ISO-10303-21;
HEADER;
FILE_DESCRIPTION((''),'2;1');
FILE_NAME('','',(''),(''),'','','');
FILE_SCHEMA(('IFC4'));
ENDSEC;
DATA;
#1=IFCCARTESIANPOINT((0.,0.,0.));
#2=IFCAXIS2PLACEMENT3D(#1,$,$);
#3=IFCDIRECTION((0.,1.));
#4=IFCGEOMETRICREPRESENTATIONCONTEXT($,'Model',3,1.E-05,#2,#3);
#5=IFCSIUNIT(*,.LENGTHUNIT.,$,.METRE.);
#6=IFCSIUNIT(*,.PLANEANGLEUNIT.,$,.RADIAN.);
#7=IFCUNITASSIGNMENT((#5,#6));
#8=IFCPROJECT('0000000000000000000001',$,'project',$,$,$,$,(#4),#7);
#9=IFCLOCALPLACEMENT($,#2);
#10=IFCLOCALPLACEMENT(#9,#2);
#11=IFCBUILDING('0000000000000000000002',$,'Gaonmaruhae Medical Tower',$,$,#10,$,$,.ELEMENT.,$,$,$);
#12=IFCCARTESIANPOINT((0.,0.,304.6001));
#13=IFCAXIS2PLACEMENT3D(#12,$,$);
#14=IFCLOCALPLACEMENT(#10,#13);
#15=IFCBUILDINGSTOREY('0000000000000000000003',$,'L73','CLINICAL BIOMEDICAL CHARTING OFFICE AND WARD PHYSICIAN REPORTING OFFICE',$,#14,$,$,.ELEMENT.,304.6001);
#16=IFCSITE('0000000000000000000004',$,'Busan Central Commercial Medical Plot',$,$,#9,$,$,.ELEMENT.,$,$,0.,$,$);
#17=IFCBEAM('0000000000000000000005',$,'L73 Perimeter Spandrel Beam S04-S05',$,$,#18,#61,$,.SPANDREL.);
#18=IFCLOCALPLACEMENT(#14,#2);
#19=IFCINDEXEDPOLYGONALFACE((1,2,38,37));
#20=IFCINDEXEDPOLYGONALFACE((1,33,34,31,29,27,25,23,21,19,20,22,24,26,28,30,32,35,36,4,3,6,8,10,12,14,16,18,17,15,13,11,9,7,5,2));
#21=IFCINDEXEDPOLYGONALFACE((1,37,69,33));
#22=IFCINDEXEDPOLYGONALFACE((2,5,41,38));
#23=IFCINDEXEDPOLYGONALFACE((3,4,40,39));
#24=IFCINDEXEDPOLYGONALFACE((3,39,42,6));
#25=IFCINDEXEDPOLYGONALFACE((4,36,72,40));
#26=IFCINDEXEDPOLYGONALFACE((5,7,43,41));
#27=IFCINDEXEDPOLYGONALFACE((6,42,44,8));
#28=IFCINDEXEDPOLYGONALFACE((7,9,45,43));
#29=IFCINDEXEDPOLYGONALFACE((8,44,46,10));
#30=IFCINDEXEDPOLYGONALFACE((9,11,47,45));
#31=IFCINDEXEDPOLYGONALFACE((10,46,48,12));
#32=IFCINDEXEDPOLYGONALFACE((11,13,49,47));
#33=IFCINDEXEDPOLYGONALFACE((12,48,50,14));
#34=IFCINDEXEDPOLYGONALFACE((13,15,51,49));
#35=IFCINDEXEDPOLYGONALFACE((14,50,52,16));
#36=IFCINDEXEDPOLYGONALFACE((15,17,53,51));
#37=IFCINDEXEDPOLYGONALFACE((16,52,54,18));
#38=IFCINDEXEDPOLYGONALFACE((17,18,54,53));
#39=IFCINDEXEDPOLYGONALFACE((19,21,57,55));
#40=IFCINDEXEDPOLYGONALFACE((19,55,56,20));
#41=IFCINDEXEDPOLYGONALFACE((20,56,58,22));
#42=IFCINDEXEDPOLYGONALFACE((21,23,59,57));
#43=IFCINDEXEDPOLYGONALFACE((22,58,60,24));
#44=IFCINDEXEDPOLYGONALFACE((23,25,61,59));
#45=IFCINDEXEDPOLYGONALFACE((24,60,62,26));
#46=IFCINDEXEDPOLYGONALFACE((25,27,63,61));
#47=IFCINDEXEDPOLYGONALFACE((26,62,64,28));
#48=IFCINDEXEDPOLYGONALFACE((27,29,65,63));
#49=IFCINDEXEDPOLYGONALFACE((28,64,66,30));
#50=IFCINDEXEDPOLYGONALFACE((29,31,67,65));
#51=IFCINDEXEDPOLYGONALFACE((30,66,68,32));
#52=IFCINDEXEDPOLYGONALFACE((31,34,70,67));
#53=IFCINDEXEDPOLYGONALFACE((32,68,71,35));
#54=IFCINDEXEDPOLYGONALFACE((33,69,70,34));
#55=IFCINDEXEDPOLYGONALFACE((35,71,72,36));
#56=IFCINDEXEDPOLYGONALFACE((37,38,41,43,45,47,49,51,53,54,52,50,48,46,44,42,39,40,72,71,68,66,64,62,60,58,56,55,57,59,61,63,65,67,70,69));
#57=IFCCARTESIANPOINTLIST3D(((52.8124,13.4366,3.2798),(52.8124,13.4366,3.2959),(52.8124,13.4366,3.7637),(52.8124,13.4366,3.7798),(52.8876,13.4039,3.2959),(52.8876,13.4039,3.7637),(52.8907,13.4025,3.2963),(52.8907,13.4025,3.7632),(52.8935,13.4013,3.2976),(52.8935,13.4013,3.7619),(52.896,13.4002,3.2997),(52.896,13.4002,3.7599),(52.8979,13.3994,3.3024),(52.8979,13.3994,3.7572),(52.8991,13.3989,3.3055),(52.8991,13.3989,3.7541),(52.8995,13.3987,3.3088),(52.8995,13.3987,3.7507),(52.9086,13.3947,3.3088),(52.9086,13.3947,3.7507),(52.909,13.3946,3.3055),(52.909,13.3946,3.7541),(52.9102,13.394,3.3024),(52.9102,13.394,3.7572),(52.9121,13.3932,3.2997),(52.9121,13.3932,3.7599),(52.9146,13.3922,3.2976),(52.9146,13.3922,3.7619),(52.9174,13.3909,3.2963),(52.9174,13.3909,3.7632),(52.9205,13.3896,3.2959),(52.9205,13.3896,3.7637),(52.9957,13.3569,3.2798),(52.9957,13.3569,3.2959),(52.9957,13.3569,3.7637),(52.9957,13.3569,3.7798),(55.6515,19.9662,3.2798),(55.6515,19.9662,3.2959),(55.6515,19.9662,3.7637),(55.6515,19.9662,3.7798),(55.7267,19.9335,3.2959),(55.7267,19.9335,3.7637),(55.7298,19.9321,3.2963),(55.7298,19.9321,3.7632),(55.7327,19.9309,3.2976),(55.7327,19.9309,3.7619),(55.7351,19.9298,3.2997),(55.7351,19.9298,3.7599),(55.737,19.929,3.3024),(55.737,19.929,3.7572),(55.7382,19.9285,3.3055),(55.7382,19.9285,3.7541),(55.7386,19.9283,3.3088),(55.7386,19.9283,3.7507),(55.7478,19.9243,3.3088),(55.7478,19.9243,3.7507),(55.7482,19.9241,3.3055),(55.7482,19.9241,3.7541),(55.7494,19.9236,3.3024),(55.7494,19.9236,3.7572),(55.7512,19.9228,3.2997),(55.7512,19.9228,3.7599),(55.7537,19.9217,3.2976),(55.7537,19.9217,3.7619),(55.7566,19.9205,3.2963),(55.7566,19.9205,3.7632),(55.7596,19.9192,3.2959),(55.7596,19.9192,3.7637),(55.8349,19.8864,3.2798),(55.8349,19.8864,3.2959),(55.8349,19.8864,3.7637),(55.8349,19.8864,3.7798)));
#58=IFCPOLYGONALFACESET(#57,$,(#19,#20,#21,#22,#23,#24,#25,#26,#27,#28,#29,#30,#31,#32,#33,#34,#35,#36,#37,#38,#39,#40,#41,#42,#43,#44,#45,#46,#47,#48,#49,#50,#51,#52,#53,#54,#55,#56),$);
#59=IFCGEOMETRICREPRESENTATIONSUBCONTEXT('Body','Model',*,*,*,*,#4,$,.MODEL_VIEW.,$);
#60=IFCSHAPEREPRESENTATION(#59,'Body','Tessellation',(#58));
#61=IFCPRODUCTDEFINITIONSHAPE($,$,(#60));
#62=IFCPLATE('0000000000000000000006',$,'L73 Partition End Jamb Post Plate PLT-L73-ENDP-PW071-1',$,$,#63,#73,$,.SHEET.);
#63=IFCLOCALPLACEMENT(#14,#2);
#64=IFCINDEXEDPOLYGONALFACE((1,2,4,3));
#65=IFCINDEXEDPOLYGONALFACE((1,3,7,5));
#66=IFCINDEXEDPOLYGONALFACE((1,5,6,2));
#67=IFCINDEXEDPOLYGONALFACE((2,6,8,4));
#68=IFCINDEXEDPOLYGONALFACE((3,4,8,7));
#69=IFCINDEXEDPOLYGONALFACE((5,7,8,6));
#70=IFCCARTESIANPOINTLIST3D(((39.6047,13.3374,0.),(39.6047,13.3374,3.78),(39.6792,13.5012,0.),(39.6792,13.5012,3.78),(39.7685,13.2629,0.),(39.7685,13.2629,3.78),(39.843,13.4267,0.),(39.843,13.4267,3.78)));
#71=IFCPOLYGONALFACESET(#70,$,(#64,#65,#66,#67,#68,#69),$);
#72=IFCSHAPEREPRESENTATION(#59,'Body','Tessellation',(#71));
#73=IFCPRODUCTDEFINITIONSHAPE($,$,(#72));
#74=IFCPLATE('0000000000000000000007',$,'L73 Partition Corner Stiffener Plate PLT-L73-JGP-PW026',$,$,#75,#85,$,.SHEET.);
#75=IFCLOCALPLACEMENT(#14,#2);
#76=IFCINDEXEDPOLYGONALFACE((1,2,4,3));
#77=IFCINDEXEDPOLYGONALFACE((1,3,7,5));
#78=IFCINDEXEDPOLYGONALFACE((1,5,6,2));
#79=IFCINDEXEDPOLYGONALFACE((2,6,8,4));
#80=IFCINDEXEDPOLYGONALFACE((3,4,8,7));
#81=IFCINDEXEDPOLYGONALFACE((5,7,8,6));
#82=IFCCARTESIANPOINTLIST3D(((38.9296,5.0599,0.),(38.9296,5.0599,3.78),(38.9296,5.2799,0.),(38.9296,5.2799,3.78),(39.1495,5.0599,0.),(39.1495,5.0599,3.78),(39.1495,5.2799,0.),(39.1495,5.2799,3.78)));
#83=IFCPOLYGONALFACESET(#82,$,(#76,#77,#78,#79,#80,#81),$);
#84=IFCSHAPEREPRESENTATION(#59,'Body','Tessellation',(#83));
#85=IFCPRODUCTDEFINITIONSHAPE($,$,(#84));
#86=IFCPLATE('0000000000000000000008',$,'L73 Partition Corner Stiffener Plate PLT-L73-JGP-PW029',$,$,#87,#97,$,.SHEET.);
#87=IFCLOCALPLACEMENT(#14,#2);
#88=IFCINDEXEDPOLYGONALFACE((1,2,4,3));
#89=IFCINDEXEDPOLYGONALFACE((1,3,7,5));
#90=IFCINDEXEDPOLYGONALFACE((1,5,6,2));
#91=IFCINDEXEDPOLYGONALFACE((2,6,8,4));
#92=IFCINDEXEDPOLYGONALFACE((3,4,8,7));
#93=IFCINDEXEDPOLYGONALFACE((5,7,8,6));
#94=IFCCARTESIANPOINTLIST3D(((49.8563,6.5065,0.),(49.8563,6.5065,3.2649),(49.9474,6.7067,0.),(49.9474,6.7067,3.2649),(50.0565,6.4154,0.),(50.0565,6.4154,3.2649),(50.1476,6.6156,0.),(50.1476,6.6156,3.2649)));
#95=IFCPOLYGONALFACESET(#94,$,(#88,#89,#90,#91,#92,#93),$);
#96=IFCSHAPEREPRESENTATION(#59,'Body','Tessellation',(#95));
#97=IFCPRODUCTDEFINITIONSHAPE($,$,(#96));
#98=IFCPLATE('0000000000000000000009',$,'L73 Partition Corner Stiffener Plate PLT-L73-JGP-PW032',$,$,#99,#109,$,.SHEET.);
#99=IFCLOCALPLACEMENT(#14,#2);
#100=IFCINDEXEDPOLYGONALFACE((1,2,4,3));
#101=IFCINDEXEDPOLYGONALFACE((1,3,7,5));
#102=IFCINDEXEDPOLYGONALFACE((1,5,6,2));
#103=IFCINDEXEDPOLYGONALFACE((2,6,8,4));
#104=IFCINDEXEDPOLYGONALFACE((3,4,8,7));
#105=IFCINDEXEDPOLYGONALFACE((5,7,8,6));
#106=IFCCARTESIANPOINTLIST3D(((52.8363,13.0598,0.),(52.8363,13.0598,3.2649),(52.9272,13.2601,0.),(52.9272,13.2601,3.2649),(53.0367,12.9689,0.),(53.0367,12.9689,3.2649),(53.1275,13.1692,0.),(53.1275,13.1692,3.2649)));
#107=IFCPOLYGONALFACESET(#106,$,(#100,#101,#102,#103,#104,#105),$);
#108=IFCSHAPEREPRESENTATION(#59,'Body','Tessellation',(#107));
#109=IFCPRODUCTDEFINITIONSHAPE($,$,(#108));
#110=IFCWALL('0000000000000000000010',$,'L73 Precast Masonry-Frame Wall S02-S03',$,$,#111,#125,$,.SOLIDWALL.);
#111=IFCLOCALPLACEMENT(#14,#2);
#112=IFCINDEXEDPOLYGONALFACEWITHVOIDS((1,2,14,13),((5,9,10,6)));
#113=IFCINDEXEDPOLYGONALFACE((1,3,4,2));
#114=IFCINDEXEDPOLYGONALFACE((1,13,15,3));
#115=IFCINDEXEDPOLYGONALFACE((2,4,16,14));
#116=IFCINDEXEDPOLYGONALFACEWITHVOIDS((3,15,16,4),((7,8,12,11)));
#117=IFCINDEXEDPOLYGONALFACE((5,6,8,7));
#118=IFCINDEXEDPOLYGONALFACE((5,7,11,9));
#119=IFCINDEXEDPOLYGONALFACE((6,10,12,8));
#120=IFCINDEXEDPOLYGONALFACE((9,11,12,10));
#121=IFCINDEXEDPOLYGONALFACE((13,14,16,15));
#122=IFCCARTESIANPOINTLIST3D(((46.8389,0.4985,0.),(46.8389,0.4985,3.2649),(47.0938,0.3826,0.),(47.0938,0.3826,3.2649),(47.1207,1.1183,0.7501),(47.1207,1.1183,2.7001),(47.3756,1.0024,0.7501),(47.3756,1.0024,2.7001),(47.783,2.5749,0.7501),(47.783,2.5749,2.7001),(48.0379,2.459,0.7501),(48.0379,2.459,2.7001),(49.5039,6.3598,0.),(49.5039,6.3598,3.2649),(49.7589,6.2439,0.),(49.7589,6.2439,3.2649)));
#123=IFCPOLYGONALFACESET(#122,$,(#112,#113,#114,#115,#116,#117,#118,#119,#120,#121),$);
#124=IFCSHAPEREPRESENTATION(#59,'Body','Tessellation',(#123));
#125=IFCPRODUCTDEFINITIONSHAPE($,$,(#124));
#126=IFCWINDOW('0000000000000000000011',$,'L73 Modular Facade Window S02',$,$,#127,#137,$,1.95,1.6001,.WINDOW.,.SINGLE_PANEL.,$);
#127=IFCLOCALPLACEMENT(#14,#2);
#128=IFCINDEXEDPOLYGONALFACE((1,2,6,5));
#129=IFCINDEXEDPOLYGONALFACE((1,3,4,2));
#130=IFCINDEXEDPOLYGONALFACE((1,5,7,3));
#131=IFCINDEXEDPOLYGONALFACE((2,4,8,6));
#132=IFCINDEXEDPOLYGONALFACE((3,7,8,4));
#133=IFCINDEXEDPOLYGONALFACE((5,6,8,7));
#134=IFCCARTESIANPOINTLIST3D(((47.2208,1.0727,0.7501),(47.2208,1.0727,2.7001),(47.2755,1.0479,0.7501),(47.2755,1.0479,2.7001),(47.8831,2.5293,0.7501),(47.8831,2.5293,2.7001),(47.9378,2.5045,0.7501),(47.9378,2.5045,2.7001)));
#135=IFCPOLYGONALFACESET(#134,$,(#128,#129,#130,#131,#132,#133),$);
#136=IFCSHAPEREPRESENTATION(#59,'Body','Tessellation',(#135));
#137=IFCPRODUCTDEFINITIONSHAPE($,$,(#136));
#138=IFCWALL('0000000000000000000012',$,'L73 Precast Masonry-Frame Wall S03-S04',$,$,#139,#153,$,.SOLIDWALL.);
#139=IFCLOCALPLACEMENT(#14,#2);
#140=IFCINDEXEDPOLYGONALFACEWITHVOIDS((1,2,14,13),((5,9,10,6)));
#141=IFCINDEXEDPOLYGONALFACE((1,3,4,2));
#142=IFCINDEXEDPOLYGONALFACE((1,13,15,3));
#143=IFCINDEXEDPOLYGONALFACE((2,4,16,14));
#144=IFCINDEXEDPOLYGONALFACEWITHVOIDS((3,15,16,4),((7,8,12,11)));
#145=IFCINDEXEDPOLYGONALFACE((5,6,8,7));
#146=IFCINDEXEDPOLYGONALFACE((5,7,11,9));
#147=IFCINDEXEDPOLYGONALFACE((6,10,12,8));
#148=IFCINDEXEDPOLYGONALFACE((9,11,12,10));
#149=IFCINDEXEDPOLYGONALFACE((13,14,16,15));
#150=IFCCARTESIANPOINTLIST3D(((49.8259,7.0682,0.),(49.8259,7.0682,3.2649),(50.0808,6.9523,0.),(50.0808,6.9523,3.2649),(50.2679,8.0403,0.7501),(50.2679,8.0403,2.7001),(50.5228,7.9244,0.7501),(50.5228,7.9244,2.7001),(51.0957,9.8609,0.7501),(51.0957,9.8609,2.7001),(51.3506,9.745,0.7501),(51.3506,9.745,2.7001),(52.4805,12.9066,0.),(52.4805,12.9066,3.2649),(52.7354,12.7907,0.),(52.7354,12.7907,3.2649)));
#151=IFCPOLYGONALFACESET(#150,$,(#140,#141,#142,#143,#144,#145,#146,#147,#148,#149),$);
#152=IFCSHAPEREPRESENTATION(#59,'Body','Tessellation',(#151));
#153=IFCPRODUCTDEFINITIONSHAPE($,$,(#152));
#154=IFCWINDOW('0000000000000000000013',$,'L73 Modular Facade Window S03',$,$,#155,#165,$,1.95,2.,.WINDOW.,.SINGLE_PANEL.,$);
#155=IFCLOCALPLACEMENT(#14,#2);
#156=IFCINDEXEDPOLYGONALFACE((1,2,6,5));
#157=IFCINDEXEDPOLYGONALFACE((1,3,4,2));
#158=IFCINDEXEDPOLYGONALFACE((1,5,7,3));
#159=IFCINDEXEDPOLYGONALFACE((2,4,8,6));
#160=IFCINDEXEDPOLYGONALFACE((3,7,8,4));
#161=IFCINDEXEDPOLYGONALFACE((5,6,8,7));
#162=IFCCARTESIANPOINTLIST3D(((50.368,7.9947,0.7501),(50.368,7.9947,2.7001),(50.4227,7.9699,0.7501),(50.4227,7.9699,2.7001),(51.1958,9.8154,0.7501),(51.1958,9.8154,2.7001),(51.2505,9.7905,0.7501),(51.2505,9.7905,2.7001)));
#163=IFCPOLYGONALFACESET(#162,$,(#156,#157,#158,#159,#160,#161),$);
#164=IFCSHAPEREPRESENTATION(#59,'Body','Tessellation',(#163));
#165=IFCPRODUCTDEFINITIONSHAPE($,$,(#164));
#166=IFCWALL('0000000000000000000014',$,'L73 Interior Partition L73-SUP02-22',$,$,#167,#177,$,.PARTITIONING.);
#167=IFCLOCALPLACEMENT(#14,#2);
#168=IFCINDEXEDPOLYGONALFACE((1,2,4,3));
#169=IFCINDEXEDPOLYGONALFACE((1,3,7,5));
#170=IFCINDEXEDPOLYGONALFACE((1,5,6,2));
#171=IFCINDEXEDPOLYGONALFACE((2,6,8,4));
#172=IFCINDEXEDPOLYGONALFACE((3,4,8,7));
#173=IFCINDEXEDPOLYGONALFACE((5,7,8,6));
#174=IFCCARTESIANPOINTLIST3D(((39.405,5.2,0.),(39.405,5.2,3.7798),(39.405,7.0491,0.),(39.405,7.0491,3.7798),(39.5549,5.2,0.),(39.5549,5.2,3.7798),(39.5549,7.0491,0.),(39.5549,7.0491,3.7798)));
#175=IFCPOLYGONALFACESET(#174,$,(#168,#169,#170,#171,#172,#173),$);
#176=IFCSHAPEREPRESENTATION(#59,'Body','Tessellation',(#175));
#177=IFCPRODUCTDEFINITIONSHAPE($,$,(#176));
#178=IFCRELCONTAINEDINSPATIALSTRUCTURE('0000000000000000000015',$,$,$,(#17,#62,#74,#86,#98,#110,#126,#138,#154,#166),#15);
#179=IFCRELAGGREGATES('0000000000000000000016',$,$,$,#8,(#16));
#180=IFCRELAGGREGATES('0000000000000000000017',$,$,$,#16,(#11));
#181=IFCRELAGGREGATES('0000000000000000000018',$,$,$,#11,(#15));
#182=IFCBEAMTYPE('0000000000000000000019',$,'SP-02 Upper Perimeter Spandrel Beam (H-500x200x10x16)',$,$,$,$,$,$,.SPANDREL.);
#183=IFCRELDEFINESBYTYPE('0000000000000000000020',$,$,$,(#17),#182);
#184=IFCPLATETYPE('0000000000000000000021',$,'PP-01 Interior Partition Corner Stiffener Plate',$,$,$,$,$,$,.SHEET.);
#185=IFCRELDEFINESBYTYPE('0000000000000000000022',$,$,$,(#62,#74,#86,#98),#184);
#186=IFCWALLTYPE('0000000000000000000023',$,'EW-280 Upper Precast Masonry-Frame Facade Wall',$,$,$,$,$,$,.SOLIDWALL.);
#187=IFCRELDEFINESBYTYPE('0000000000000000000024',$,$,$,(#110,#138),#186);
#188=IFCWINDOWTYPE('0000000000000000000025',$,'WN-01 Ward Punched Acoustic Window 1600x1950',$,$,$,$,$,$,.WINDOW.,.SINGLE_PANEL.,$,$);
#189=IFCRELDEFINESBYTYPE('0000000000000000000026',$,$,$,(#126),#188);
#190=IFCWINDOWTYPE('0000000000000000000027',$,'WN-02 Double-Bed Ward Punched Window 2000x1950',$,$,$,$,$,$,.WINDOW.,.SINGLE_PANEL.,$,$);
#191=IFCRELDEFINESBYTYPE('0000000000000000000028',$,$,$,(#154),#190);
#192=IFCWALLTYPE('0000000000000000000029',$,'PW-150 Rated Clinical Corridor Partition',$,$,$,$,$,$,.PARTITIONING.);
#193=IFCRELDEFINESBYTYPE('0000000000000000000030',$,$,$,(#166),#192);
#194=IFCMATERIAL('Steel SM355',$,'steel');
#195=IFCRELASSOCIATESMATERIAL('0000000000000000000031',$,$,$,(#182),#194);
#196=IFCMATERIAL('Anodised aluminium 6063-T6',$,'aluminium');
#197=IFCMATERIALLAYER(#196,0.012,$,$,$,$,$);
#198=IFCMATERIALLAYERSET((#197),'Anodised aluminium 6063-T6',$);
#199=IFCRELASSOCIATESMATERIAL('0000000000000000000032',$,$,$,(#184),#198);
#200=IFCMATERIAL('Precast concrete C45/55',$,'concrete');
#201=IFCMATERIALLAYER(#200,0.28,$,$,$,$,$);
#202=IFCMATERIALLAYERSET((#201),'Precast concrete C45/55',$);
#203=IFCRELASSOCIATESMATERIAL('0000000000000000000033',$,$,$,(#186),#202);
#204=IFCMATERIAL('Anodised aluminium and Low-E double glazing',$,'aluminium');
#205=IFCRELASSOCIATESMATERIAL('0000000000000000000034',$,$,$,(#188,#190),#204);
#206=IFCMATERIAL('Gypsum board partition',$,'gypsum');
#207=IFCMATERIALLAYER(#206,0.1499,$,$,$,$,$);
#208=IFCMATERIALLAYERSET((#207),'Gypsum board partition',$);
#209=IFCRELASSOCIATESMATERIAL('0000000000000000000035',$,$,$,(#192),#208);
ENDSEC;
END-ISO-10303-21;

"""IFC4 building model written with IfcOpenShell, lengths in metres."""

from ifc_helpers import new_model, si_unit, direction, frame, frame_2d, origin, origin_2d, place, context, subcontext, project, spatial, rectangle, i_section, extrude, material, layer, layer_set, material_profile, profile_set, type_object, element, fill, save


model = new_model("IFC4")

# Units and contexts
model_context = context("Model", 3, precision=1e-05, world=origin(), true_north=direction((0.0, 1.0)))
body_context = subcontext(model_context, "Body", "Model", "MODEL_VIEW")
ifc_project = project(units=[si_unit("LENGTHUNIT", "METRE"), si_unit("PLANEANGLEUNIT", "RADIAN")], contexts=[model_context])

# Site, building, storey
site_placement = place(None, origin())
site = spatial("IfcSite", under=ifc_project, at=site_placement, Name="Busan Central Commercial Medical Plot", CompositionType="ELEMENT", RefElevation=0.0)
building_placement = place(site_placement, origin())
building = spatial("IfcBuilding", under=site, at=building_placement, Name="Gaonmaruhae Medical Tower", CompositionType="ELEMENT")
storey_placement = place(building_placement, frame((0.0, 0.0, 304.6001)))
storey = spatial("IfcBuildingStorey", under=building, at=storey_placement, Name="L73", Description="CLINICAL BIOMEDICAL CHARTING OFFICE AND WARD PHYSICIAN REPORTING OFFICE", CompositionType="ELEMENT", Elevation=304.6001)

# Beam
ifc_material_1 = material(Name="Steel SM355", Category="steel")
ifc_material_profile_1 = material_profile(ifc_material_1, i_section(OverallWidth=0.2, OverallDepth=0.5, WebThickness=0.01, FlangeThickness=0.0161, FilletRadius=0.0129, at=origin_2d()), Name="H-500x200x10x16")
ifc_profile_set_1 = profile_set([ifc_material_profile_1], Name="Steel SM355")
beam_type_1 = type_object("IfcBeamType", Name="SP-02 Upper Perimeter Spandrel Beam (H-500x200x10x16)", PredefinedType="SPANDREL", material=ifc_profile_set_1)
for number, where, z_axis, x_axis, name in (
    (1, (52.9041, 13.3967, 3.5298), (0.398747, 0.917061, 0.0), (-0.917061, 0.398747, 0.0), "L73 Perimeter Spandrel Beam S04-S05"),
):
    element("IfcBeam", number, at=place(storey_placement, frame(where, z_axis=z_axis, x_axis=x_axis)), inside=storey, type_object=beam_type_1, Name=name, PredefinedType="SPANDREL", context=body_context, shape_type="SweptSolid", body=[
        extrude(i_section(OverallWidth=0.2, OverallDepth=0.5, WebThickness=0.01, FlangeThickness=0.0161, FilletRadius=0.0129, at=origin_2d()), origin(), (0.0, 0.0, 1.0), 7.1201),
    ])

# Plates
ifc_material_2 = material(Name="Anodised aluminium 6063-T6", Category="aluminium")
ifc_layer_1 = layer(ifc_material_2, 0.012)
ifc_layer_set_1 = layer_set([ifc_layer_1], Name="Anodised aluminium 6063-T6")
plate_type = type_object("IfcPlateType", Name="PP-01 Interior Partition Corner Stiffener Plate", PredefinedType="SHEET", material=ifc_layer_set_1)
plate_1_placement = place(storey_placement, frame((39.7239, 13.3821, 0.0), z_axis=(0.0, 0.0, 1.0), x_axis=(-0.413835, -0.910352, 0.0)))
element("IfcPlate", 2, at=plate_1_placement, inside=storey, type_object=plate_type, Name="L73 Partition End Jamb Post Plate PLT-L73-ENDP-PW071-1", PredefinedType="SHEET", context=body_context, shape_type="SweptSolid", body=[
    extrude(rectangle(XDim=0.1799, YDim=0.1799, at=origin_2d()), origin(), (0.0, 0.0, 1.0), 3.78),
])
plate_2_placement = place(storey_placement, frame((39.0396, 5.1699, 0.0), z_axis=(0.0, 0.0, 1.0), x_axis=(1.0, 0.0, 0.0)))
element("IfcPlate", 3, at=plate_2_placement, inside=storey, type_object=plate_type, Name="L73 Partition Corner Stiffener Plate PLT-L73-JGP-PW026", PredefinedType="SHEET", context=body_context, shape_type="SweptSolid", body=[
    extrude(rectangle(XDim=0.22, YDim=0.22, at=origin_2d()), origin(), (0.0, 0.0, 1.0), 3.78),
])
for number, where, z_axis, x_axis, name in (
    (4, (50.002, 6.561, 0.0), (0.0, 0.0, 1.0), (-0.413994, -0.910279, 0.0), "L73 Partition Corner Stiffener Plate PLT-L73-JGP-PW029"),
    (5, (52.9819, 13.1145, 0.0), (0.0, 0.0, 1.0), (-0.413136, -0.910669, 0.0), "L73 Partition Corner Stiffener Plate PLT-L73-JGP-PW032"),
):
    element("IfcPlate", number, at=place(storey_placement, frame(where, z_axis=z_axis, x_axis=x_axis)), inside=storey, type_object=plate_type, Name=name, PredefinedType="SHEET", context=body_context, shape_type="SweptSolid", body=[
        extrude(rectangle(XDim=0.22, YDim=0.22, at=origin_2d()), origin(), (0.0, 0.0, 1.0), 3.2649),
    ])

# Walls, openings, windows
ifc_material_3 = material(Name="Precast concrete C45/55", Category="concrete")
ifc_layer_2 = layer(ifc_material_3, 0.28)
ifc_layer_set_2 = layer_set([ifc_layer_2], Name="Precast concrete C45/55")
wall_type_1 = type_object("IfcWallType", Name="EW-280 Upper Precast Masonry-Frame Facade Wall", PredefinedType="SOLIDWALL", material=ifc_layer_set_2)
wall_1_placement = place(storey_placement, frame((49.6313, 6.3018, 0.0), z_axis=(0.0, 0.0, 1.0), x_axis=(-0.413906, -0.91032, 0.0)))
wall_1 = element("IfcWall", 6, at=wall_1_placement, inside=storey, type_object=wall_type_1, Name="L73 Precast Masonry-Frame Wall S02-S03", PredefinedType="SOLIDWALL", context=body_context, shape_type="SweptSolid", body=[
    extrude(rectangle(XDim=6.4387, YDim=0.28, at=frame_2d((3.2192, 0.0))), origin(), (0.0, 0.0, 1.0), 3.2649),
])
opening_1_placement = place(wall_1_placement, frame((4.1577, 0.0, 0.75)))
opening_1 = element("IfcOpeningElement", 7, at=opening_1_placement, cuts=wall_1, PredefinedType="OPENING", context=body_context, shape_type="SweptSolid", body=[
    extrude(rectangle(XDim=1.6001, YDim=1.95, at=frame_2d((0.8, 0.9751))), frame((0.0, 0.1499, 0.0), z_axis=(0.0, -1.0, 0.0), x_axis=(1.0, 0.0, 0.0)), (0.0, 0.0, 1.0), 0.3),
])
ifc_material_4 = material(Name="Anodised aluminium and Low-E double glazing", Category="aluminium")
window_type_1 = type_object("IfcWindowType", Name="WN-01 Ward Punched Acoustic Window 1600x1950", PartitioningType="SINGLE_PANEL", PredefinedType="WINDOW", material=ifc_material_4)
window_1_placement = place(opening_1_placement, origin())
window_1 = element("IfcWindow", 8, at=window_1_placement, inside=storey, type_object=window_type_1, Name="L73 Modular Facade Window S02", OverallHeight=1.95, OverallWidth=1.6001, PartitioningType="SINGLE_PANEL", PredefinedType="WINDOW", context=body_context, shape_type="SweptSolid", body=[
    extrude(rectangle(XDim=1.6001, YDim=1.95, at=frame_2d((0.8, 0.9751))), frame((0.0, 0.03, 0.0), z_axis=(0.0, -1.0, 0.0), x_axis=(1.0, 0.0, 0.0)), (0.0, 0.0, 1.0), 0.0601),
])
fill(opening_1, window_1)
wall_2_placement = place(storey_placement, frame((52.6079, 12.8486, 0.0), z_axis=(0.0, 0.0, 1.0), x_axis=(-0.413898, -0.910323, 0.0)))
wall_2 = element("IfcWall", 9, at=wall_2_placement, inside=storey, type_object=wall_type_1, Name="L73 Precast Masonry-Frame Wall S03-S04", PredefinedType="SOLIDWALL", context=body_context, shape_type="SweptSolid", body=[
    extrude(rectangle(XDim=6.4136, YDim=0.28, at=frame_2d((3.2068, 0.0))), origin(), (0.0, 0.0, 1.0), 3.2649),
])
opening_2_placement = place(wall_2_placement, frame((3.3457, 0.0, 0.75)))
opening_2 = element("IfcOpeningElement", 10, at=opening_2_placement, cuts=wall_2, PredefinedType="OPENING", context=body_context, shape_type="SweptSolid", body=[
    extrude(rectangle(XDim=2.0, YDim=1.95, at=frame_2d((1.0, 0.9751))), frame((0.0, 0.1499, 0.0), z_axis=(0.0, -1.0, 0.0), x_axis=(1.0, 0.0, 0.0)), (0.0, 0.0, 1.0), 0.3),
])
window_type_2 = type_object("IfcWindowType", Name="WN-02 Double-Bed Ward Punched Window 2000x1950", PartitioningType="SINGLE_PANEL", PredefinedType="WINDOW", material=ifc_material_4)
window_2_placement = place(opening_2_placement, origin())
window_2 = element("IfcWindow", 11, at=window_2_placement, inside=storey, type_object=window_type_2, Name="L73 Modular Facade Window S03", OverallHeight=1.95, OverallWidth=2.0, PartitioningType="SINGLE_PANEL", PredefinedType="WINDOW", context=body_context, shape_type="SweptSolid", body=[
    extrude(rectangle(XDim=2.0, YDim=1.95, at=frame_2d((1.0, 0.9751))), frame((0.0, 0.03, 0.0), z_axis=(0.0, -1.0, 0.0), x_axis=(1.0, 0.0, 0.0)), (0.0, 0.0, 1.0), 0.0601),
])
fill(opening_2, window_2)

# Wall
ifc_material_5 = material(Name="Gypsum board partition", Category="gypsum")
ifc_layer_3 = layer(ifc_material_5, 0.1499)
ifc_layer_set_3 = layer_set([ifc_layer_3], Name="Gypsum board partition")
wall_type_2 = type_object("IfcWallType", Name="PW-150 Rated Clinical Corridor Partition", PredefinedType="PARTITIONING", material=ifc_layer_set_3)
wall_3_placement = place(storey_placement, frame((39.48, 5.2, 0.0), z_axis=(0.0, 0.0, 1.0), x_axis=(0.0, 1.0, 0.0)))
element("IfcWall", 12, at=wall_3_placement, inside=storey, type_object=wall_type_2, Name="L73 Interior Partition L73-SUP02-22", PredefinedType="PARTITIONING", context=body_context, shape_type="SweptSolid", body=[
    extrude(rectangle(XDim=1.8491, YDim=0.1499, at=frame_2d((0.9246, 0.0))), origin(), (0.0, 0.0, 1.0), 3.7798),
])

save(model, "model.ifc")
